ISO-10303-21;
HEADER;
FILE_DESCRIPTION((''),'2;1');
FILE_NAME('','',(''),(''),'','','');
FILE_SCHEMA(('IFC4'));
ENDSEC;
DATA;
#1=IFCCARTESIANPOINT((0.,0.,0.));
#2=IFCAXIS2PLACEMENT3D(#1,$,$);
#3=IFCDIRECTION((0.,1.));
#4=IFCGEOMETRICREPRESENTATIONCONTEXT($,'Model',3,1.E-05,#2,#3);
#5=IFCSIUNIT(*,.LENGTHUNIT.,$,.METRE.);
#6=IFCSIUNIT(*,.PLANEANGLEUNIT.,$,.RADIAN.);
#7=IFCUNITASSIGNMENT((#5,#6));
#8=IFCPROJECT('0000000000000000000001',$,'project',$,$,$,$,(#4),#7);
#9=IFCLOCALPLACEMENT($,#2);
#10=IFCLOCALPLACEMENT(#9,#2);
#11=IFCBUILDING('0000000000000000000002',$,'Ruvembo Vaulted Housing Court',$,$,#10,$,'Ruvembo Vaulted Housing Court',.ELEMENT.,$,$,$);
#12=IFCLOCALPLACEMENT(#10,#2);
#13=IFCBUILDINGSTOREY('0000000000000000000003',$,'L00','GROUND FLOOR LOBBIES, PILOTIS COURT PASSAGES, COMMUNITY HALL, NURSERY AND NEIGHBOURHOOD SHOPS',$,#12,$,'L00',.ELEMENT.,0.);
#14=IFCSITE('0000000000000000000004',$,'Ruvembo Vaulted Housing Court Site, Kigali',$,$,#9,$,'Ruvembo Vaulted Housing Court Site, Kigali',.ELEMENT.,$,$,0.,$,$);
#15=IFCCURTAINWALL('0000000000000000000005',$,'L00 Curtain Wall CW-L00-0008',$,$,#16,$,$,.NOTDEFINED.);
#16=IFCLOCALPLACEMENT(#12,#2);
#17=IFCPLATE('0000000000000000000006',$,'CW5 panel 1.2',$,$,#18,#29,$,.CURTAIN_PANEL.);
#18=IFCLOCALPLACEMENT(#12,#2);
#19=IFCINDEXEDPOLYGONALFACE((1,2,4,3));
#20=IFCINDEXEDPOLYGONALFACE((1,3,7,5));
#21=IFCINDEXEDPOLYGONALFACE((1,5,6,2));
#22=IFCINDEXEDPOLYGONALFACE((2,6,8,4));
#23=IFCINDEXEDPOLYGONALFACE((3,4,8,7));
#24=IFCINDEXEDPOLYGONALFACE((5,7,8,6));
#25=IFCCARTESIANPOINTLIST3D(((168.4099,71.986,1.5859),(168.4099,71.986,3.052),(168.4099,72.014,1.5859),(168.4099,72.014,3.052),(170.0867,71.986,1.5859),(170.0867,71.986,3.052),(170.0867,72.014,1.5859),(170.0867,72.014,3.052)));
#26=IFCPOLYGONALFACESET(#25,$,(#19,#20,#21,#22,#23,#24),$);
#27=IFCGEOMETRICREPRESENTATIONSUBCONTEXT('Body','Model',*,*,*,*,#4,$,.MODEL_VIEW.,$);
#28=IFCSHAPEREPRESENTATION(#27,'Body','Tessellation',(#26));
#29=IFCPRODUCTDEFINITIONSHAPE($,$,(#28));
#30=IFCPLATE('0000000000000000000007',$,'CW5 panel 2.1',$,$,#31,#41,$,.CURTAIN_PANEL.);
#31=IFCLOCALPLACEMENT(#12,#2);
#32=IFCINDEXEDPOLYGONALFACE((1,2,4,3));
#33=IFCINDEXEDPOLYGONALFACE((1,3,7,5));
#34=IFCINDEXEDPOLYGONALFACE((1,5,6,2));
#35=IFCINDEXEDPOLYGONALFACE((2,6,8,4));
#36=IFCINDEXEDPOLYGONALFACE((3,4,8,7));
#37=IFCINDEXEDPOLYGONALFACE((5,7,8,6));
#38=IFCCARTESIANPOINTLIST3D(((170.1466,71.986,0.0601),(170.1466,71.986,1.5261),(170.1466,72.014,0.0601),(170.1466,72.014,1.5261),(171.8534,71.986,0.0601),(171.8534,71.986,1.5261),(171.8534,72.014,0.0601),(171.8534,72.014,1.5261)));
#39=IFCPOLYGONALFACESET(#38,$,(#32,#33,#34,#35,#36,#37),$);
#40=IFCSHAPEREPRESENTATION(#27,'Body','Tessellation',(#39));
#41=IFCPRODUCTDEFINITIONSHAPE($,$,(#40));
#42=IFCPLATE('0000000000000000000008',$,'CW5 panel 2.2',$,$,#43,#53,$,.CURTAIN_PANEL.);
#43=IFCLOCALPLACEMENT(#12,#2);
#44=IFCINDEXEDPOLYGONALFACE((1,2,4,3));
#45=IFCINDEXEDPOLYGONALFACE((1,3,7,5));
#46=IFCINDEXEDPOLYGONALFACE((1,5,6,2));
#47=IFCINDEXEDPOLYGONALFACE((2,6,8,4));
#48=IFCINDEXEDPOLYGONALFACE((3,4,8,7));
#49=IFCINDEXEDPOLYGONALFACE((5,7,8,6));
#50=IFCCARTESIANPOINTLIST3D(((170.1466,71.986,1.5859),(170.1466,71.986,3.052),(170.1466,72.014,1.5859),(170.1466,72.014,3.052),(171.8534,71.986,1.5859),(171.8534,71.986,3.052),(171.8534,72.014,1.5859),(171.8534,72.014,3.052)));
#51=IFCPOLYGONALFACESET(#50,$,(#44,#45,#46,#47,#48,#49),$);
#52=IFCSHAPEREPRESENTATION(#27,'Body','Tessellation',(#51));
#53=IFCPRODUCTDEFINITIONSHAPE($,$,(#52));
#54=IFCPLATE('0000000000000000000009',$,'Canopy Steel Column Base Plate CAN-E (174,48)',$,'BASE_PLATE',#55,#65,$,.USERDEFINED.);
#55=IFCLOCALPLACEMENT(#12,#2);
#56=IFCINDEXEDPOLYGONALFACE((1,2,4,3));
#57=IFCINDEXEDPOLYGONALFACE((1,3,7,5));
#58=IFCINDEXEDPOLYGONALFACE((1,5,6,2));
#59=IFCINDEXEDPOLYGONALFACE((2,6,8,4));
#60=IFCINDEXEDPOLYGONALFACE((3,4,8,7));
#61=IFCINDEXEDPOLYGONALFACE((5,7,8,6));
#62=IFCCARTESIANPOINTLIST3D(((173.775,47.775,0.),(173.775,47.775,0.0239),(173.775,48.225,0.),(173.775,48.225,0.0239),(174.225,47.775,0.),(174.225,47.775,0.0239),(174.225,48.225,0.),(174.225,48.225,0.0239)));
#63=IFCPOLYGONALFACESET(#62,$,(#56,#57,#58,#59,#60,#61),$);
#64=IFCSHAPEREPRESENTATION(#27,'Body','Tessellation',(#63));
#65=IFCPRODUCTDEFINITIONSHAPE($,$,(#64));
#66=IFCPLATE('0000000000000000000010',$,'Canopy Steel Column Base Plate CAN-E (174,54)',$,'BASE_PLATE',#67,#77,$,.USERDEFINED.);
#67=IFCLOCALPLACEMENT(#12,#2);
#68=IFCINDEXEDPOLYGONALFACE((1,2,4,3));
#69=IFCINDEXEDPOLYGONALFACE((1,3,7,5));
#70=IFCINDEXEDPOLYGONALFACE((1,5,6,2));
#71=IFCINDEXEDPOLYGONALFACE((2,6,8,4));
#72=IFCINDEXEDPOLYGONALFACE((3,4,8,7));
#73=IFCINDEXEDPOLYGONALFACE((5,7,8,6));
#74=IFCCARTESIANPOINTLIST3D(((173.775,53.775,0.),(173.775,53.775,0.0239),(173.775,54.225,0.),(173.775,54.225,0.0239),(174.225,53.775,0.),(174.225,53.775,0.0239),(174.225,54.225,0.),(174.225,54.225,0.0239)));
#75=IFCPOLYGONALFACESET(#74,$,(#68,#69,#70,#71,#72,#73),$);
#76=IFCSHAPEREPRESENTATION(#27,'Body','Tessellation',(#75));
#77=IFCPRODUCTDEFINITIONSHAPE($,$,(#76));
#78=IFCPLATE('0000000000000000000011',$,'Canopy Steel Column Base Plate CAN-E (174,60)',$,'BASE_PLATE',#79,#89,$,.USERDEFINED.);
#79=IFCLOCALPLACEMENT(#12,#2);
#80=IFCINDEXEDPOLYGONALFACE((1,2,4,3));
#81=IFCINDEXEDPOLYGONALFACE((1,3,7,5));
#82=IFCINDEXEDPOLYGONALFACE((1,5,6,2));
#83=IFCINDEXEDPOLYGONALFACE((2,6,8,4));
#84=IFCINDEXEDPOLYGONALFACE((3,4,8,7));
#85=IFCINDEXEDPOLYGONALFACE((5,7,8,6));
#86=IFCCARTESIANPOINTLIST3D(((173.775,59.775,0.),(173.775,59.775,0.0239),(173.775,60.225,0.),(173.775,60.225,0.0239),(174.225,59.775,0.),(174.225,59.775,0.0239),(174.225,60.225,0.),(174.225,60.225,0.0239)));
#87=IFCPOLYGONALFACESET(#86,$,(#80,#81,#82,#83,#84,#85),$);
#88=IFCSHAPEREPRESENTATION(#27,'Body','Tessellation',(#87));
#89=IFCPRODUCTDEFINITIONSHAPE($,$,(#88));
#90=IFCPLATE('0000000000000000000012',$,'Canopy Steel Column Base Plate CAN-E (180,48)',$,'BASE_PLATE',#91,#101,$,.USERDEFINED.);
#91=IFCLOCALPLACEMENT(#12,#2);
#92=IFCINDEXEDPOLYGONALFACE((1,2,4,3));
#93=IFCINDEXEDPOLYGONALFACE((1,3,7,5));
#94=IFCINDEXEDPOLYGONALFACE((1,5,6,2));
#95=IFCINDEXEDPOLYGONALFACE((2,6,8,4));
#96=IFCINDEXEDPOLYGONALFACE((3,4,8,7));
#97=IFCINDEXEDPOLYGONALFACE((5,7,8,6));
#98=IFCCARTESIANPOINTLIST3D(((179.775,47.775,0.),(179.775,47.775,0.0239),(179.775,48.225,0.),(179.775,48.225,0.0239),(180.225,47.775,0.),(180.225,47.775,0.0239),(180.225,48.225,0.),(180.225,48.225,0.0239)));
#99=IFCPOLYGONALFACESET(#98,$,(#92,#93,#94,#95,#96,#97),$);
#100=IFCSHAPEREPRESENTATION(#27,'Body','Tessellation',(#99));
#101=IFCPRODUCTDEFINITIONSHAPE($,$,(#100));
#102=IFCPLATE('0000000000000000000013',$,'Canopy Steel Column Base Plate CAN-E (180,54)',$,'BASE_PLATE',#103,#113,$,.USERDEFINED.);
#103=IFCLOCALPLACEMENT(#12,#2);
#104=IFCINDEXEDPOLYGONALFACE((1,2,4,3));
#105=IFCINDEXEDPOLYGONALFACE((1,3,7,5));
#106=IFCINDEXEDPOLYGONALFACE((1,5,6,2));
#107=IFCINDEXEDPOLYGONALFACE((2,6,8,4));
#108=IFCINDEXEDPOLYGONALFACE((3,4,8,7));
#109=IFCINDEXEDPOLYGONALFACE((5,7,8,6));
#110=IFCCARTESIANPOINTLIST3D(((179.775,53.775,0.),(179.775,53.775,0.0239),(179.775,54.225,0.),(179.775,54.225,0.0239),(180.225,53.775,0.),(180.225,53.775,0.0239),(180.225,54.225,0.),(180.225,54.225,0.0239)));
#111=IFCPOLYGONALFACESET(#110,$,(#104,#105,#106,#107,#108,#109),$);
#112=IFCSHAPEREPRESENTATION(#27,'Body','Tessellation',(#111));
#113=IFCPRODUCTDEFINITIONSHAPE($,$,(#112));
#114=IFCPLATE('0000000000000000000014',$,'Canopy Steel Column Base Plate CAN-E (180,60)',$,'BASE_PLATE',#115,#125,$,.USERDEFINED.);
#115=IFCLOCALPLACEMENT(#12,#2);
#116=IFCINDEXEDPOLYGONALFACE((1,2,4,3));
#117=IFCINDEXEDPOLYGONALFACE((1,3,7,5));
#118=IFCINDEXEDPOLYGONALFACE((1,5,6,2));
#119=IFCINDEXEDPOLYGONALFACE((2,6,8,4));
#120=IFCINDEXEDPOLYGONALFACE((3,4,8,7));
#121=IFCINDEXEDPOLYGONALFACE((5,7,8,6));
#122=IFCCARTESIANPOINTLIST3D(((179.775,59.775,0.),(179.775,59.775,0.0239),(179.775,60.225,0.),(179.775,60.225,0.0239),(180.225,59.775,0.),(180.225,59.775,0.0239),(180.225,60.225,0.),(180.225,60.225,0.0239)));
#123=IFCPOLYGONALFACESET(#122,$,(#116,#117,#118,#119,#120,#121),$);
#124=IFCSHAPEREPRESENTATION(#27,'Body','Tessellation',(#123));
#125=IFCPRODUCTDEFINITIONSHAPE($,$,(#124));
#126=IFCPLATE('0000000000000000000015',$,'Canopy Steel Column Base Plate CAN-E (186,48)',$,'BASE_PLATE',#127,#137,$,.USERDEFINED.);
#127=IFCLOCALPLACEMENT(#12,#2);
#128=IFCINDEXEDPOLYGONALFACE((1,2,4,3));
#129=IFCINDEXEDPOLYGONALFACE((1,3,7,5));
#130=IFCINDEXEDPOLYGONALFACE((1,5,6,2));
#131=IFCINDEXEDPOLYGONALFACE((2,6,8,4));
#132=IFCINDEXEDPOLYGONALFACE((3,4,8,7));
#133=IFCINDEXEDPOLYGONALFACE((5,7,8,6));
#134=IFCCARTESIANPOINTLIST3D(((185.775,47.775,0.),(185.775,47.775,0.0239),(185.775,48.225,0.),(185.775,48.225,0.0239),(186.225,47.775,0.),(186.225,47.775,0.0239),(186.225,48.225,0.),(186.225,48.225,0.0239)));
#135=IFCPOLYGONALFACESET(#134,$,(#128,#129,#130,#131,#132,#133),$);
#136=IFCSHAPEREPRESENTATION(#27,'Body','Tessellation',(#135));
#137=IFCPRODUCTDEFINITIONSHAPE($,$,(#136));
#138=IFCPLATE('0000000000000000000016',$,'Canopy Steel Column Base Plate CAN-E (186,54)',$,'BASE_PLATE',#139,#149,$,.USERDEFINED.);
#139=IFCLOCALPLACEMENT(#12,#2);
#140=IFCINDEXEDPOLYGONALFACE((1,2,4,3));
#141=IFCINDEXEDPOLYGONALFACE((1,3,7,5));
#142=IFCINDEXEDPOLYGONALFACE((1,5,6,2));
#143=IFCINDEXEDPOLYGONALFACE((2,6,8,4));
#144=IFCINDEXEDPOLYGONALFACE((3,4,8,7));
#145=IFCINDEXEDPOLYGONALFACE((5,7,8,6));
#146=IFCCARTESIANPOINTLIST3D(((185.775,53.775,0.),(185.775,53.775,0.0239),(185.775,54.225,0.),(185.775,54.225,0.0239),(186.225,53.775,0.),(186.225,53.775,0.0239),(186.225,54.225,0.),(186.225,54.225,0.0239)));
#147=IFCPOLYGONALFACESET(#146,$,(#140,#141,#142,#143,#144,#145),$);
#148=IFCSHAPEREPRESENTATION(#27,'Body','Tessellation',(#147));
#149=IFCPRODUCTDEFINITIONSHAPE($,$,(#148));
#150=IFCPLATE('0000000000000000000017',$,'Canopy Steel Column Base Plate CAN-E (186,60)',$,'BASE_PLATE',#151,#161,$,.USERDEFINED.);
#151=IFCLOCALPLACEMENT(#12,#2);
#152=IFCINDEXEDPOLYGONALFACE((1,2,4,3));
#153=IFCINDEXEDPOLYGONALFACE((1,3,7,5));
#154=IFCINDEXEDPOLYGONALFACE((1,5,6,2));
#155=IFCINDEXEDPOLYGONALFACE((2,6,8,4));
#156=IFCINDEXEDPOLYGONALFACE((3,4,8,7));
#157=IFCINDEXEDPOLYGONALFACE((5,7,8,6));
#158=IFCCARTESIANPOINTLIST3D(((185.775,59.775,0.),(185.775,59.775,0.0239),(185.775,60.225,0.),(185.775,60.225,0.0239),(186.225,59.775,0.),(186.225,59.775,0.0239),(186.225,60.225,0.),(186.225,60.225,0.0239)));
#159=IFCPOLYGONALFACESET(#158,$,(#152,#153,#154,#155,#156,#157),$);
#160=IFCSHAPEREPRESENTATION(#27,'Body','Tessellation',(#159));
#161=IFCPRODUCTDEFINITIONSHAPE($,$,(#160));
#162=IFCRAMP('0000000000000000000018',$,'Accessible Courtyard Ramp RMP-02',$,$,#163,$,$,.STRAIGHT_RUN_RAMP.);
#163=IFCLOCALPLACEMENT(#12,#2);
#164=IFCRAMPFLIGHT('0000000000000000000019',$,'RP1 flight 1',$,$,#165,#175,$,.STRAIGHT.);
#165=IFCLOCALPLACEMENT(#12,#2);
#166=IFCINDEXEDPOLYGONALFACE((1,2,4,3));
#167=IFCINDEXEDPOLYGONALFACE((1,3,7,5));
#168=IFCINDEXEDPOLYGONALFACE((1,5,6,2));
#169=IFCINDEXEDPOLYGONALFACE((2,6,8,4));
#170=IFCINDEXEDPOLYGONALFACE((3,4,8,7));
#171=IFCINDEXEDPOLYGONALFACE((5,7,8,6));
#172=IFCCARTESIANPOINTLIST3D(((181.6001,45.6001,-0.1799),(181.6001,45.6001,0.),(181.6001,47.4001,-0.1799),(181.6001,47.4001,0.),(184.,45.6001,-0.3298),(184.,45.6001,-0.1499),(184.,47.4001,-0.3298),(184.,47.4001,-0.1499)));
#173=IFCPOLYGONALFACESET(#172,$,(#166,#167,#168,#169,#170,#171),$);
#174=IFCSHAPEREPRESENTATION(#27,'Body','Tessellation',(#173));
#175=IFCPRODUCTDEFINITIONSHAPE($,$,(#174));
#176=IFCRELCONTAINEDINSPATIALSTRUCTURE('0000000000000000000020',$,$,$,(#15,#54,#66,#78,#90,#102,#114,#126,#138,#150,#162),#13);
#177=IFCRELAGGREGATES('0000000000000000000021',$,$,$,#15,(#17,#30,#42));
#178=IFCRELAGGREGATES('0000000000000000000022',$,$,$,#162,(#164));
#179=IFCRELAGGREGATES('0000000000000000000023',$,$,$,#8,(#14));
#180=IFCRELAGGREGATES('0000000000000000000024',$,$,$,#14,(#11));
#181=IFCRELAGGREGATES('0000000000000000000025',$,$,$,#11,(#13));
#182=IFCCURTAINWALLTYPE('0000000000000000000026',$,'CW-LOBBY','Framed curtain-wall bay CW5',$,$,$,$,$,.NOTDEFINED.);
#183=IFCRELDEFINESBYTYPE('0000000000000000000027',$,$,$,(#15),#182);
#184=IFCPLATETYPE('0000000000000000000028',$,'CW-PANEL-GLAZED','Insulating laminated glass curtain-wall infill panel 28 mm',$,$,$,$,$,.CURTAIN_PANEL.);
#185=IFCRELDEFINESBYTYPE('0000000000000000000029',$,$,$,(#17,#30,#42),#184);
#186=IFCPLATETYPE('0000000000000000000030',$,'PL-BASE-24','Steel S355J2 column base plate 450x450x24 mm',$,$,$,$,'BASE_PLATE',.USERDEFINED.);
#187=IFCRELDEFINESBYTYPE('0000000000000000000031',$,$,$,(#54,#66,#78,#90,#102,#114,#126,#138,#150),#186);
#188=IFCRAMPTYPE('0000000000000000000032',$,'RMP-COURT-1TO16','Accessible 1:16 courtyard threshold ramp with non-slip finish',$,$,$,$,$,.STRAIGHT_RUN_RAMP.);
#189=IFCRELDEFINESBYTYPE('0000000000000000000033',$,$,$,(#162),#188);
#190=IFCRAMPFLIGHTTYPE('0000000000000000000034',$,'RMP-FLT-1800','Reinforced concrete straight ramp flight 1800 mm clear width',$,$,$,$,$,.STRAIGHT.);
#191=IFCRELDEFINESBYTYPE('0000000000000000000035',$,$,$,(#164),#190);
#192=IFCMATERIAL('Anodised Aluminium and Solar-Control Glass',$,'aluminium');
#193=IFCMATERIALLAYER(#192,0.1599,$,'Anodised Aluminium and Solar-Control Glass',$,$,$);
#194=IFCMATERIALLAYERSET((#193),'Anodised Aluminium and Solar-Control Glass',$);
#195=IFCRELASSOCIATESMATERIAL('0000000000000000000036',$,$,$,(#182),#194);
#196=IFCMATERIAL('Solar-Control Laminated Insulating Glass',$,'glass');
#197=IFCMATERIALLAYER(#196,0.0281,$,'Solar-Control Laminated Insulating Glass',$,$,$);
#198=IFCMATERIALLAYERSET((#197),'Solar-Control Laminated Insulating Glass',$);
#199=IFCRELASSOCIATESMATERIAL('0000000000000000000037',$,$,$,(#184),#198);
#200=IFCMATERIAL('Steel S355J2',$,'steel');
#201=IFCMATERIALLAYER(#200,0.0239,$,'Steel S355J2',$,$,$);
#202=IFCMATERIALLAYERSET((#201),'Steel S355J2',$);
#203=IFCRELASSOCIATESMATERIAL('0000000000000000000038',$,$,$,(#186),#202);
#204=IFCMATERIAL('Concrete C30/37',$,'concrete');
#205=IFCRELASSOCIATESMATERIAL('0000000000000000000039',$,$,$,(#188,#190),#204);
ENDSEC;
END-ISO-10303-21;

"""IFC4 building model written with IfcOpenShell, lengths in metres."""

from ifc_helpers import new_model, si_unit, direction, frame, origin, origin_2d, place, context, subcontext, project, spatial, polyline, rectangle, outline, extrude, material, layer, layer_set, type_object, element, aggregate, save


model = new_model("IFC4")

# Units and contexts
model_context = context("Model", 3, precision=1e-05, world=origin(), true_north=direction((0.0, 1.0)))
body_context = subcontext(model_context, "Body", "Model", "MODEL_VIEW")
ifc_project = project(units=[si_unit("LENGTHUNIT", "METRE"), si_unit("PLANEANGLEUNIT", "RADIAN")], contexts=[model_context])

# Site, building, storey
site_placement = place(None, origin())
site = spatial("IfcSite", under=ifc_project, at=site_placement, Name="Ruvembo Vaulted Housing Court Site, Kigali", LongName="Ruvembo Vaulted Housing Court Site, Kigali", CompositionType="ELEMENT", RefElevation=0.0)
building_placement = place(site_placement, origin())
building = spatial("IfcBuilding", under=site, at=building_placement, Name="Ruvembo Vaulted Housing Court", LongName="Ruvembo Vaulted Housing Court", CompositionType="ELEMENT")
storey_placement = place(building_placement, origin())
storey = spatial("IfcBuildingStorey", under=building, at=storey_placement, Name="L00", Description="GROUND FLOOR LOBBIES, PILOTIS COURT PASSAGES, COMMUNITY HALL, NURSERY AND NEIGHBOURHOOD SHOPS", LongName="L00", CompositionType="ELEMENT", Elevation=0.0)

# Shared definitions
ifc_material_1 = material(Name="Steel S355J2", Category="steel")

# Curtain wall
ifc_material_2 = material(Name="Anodised Aluminium and Solar-Control Glass", Category="aluminium")
ifc_layer_1 = layer(ifc_material_2, 0.1599, Name="Anodised Aluminium and Solar-Control Glass")
ifc_layer_set_1 = layer_set([ifc_layer_1], Name="Anodised Aluminium and Solar-Control Glass")
curtain_wall_type_1 = type_object("IfcCurtainWallType", Name="CW-LOBBY", Description="Framed curtain-wall bay CW5", PredefinedType="NOTDEFINED", material=ifc_layer_set_1)
curtain_wall_1_placement = place(storey_placement, origin())
curtain_wall_1 = element("IfcCurtainWall", 1, at=curtain_wall_1_placement, inside=storey, type_object=curtain_wall_type_1, Name="L00 Curtain Wall CW-L00-0008", PredefinedType="NOTDEFINED")

# Plates
ifc_material_3 = material(Name="Solar-Control Laminated Insulating Glass", Category="glass")
ifc_layer_2 = layer(ifc_material_3, 0.0281, Name="Solar-Control Laminated Insulating Glass")
ifc_layer_set_2 = layer_set([ifc_layer_2], Name="Solar-Control Laminated Insulating Glass")
plate_type_1 = type_object("IfcPlateType", Name="CW-PANEL-GLAZED", Description="Insulating laminated glass curtain-wall infill panel 28 mm", PredefinedType="CURTAIN_PANEL", material=ifc_layer_set_2)
plate_1_placement = place(storey_placement, frame((169.2483, 72.0, 1.5859), z_axis=(0.0, 0.0, 1.0), x_axis=(1.0, 0.0, 0.0)))
plate_1 = element("IfcPlate", 2, at=plate_1_placement, type_object=plate_type_1, Name="CW5 panel 1.2", PredefinedType="CURTAIN_PANEL", context=body_context, shape_type="SweptSolid", body=[
    extrude(rectangle(XDim=1.6768, YDim=0.0281, at=origin_2d()), origin(), (0.0, 0.0, 1.0), 1.4661),
])
plate_2_placement = place(storey_placement, frame((171.0, 72.0, 0.0601), z_axis=(0.0, 0.0, 1.0), x_axis=(1.0, 0.0, 0.0)))
plate_2 = element("IfcPlate", 3, at=plate_2_placement, type_object=plate_type_1, Name="CW5 panel 2.1", PredefinedType="CURTAIN_PANEL", context=body_context, shape_type="SweptSolid", body=[
    extrude(rectangle(XDim=1.7068, YDim=0.0281, at=origin_2d()), origin(), (0.0, 0.0, 1.0), 1.4661),
])
plate_3_placement = place(storey_placement, frame((171.0, 72.0, 1.5859), z_axis=(0.0, 0.0, 1.0), x_axis=(1.0, 0.0, 0.0)))
plate_3 = element("IfcPlate", 4, at=plate_3_placement, type_object=plate_type_1, Name="CW5 panel 2.2", PredefinedType="CURTAIN_PANEL", context=body_context, shape_type="SweptSolid", body=[
    extrude(rectangle(XDim=1.7068, YDim=0.0281, at=origin_2d()), origin(), (0.0, 0.0, 1.0), 1.4661),
])
aggregate(curtain_wall_1, [plate_1, plate_2, plate_3])

# Plates
ifc_layer_3 = layer(ifc_material_1, 0.0239, Name="Steel S355J2")
ifc_layer_set_3 = layer_set([ifc_layer_3], Name="Steel S355J2")
plate_type_2 = type_object("IfcPlateType", Name="PL-BASE-24", Description="Steel S355J2 column base plate 450x450x24 mm", ElementType="BASE_PLATE", PredefinedType="USERDEFINED", material=ifc_layer_set_3)
for number, where, z_axis, x_axis, name in (
    (5, (174.0, 48.0, 0.0), (0.0, 0.0, 1.0), (1.0, 0.0, 0.0), "Canopy Steel Column Base Plate CAN-E (174,48)"),
    (6, (174.0, 54.0, 0.0), (0.0, 0.0, 1.0), (1.0, 0.0, 0.0), "Canopy Steel Column Base Plate CAN-E (174,54)"),
    (7, (174.0, 60.0, 0.0), (0.0, 0.0, 1.0), (1.0, 0.0, 0.0), "Canopy Steel Column Base Plate CAN-E (174,60)"),
    (8, (180.0, 48.0, 0.0), (0.0, 0.0, 1.0), (1.0, 0.0, 0.0), "Canopy Steel Column Base Plate CAN-E (180,48)"),
    (9, (180.0, 54.0, 0.0), (0.0, 0.0, 1.0), (1.0, 0.0, 0.0), "Canopy Steel Column Base Plate CAN-E (180,54)"),
    (10, (180.0, 60.0, 0.0), (0.0, 0.0, 1.0), (1.0, 0.0, 0.0), "Canopy Steel Column Base Plate CAN-E (180,60)"),
    (11, (186.0, 48.0, 0.0), (0.0, 0.0, 1.0), (1.0, 0.0, 0.0), "Canopy Steel Column Base Plate CAN-E (186,48)"),
    (12, (186.0, 54.0, 0.0), (0.0, 0.0, 1.0), (1.0, 0.0, 0.0), "Canopy Steel Column Base Plate CAN-E (186,54)"),
    (13, (186.0, 60.0, 0.0), (0.0, 0.0, 1.0), (1.0, 0.0, 0.0), "Canopy Steel Column Base Plate CAN-E (186,60)"),
):
    element("IfcPlate", number, at=place(storey_placement, frame(where, z_axis=z_axis, x_axis=x_axis)), inside=storey, type_object=plate_type_2, Name=name, ObjectType="BASE_PLATE", PredefinedType="USERDEFINED", context=body_context, shape_type="SweptSolid", body=[
        extrude(rectangle(XDim=0.45, YDim=0.45, at=origin_2d()), origin(), (0.0, 0.0, 1.0), 0.0239),
    ])

# Ramp, ramp flight
ifc_material_4 = material(Name="Concrete C30/37", Category="concrete")
ramp_type = type_object("IfcRampType", Name="RMP-COURT-1TO16", Description="Accessible 1:16 courtyard threshold ramp with non-slip finish", PredefinedType="STRAIGHT_RUN_RAMP", material=ifc_material_4)
ramp_placement = place(storey_placement, origin())
ramp = element("IfcRamp", 14, at=ramp_placement, inside=storey, type_object=ramp_type, Name="Accessible Courtyard Ramp RMP-02", PredefinedType="STRAIGHT_RUN_RAMP")
ramp_flight_type = type_object("IfcRampFlightType", Name="RMP-FLT-1800", Description="Reinforced concrete straight ramp flight 1800 mm clear width", PredefinedType="STRAIGHT", material=ifc_material_4)
ramp_flight_placement = place(storey_placement, frame((184.0, 46.5, -0.1499), z_axis=(0.0, 0.0, 1.0), x_axis=(-1.0, 0.0, 0.0)))
ramp_flight = element("IfcRampFlight", 15, at=ramp_flight_placement, type_object=ramp_flight_type, Name="RP1 flight 1", PredefinedType="STRAIGHT", context=body_context, shape_type="SweptSolid", body=[
    extrude(outline(polyline([(0.0, 0.0), (2.3999, 0.1499), (2.3999, -0.03), (0.0, -0.1799), (0.0, 0.0)])), frame((0.0, 0.8999, 0.0), z_axis=(0.0, -1.0, 0.0), x_axis=(1.0, 0.0, 0.0)), (0.0, 0.0, 1.0), 1.8),
])
aggregate(ramp, [ramp_flight])

save(model, "model.ifc")
